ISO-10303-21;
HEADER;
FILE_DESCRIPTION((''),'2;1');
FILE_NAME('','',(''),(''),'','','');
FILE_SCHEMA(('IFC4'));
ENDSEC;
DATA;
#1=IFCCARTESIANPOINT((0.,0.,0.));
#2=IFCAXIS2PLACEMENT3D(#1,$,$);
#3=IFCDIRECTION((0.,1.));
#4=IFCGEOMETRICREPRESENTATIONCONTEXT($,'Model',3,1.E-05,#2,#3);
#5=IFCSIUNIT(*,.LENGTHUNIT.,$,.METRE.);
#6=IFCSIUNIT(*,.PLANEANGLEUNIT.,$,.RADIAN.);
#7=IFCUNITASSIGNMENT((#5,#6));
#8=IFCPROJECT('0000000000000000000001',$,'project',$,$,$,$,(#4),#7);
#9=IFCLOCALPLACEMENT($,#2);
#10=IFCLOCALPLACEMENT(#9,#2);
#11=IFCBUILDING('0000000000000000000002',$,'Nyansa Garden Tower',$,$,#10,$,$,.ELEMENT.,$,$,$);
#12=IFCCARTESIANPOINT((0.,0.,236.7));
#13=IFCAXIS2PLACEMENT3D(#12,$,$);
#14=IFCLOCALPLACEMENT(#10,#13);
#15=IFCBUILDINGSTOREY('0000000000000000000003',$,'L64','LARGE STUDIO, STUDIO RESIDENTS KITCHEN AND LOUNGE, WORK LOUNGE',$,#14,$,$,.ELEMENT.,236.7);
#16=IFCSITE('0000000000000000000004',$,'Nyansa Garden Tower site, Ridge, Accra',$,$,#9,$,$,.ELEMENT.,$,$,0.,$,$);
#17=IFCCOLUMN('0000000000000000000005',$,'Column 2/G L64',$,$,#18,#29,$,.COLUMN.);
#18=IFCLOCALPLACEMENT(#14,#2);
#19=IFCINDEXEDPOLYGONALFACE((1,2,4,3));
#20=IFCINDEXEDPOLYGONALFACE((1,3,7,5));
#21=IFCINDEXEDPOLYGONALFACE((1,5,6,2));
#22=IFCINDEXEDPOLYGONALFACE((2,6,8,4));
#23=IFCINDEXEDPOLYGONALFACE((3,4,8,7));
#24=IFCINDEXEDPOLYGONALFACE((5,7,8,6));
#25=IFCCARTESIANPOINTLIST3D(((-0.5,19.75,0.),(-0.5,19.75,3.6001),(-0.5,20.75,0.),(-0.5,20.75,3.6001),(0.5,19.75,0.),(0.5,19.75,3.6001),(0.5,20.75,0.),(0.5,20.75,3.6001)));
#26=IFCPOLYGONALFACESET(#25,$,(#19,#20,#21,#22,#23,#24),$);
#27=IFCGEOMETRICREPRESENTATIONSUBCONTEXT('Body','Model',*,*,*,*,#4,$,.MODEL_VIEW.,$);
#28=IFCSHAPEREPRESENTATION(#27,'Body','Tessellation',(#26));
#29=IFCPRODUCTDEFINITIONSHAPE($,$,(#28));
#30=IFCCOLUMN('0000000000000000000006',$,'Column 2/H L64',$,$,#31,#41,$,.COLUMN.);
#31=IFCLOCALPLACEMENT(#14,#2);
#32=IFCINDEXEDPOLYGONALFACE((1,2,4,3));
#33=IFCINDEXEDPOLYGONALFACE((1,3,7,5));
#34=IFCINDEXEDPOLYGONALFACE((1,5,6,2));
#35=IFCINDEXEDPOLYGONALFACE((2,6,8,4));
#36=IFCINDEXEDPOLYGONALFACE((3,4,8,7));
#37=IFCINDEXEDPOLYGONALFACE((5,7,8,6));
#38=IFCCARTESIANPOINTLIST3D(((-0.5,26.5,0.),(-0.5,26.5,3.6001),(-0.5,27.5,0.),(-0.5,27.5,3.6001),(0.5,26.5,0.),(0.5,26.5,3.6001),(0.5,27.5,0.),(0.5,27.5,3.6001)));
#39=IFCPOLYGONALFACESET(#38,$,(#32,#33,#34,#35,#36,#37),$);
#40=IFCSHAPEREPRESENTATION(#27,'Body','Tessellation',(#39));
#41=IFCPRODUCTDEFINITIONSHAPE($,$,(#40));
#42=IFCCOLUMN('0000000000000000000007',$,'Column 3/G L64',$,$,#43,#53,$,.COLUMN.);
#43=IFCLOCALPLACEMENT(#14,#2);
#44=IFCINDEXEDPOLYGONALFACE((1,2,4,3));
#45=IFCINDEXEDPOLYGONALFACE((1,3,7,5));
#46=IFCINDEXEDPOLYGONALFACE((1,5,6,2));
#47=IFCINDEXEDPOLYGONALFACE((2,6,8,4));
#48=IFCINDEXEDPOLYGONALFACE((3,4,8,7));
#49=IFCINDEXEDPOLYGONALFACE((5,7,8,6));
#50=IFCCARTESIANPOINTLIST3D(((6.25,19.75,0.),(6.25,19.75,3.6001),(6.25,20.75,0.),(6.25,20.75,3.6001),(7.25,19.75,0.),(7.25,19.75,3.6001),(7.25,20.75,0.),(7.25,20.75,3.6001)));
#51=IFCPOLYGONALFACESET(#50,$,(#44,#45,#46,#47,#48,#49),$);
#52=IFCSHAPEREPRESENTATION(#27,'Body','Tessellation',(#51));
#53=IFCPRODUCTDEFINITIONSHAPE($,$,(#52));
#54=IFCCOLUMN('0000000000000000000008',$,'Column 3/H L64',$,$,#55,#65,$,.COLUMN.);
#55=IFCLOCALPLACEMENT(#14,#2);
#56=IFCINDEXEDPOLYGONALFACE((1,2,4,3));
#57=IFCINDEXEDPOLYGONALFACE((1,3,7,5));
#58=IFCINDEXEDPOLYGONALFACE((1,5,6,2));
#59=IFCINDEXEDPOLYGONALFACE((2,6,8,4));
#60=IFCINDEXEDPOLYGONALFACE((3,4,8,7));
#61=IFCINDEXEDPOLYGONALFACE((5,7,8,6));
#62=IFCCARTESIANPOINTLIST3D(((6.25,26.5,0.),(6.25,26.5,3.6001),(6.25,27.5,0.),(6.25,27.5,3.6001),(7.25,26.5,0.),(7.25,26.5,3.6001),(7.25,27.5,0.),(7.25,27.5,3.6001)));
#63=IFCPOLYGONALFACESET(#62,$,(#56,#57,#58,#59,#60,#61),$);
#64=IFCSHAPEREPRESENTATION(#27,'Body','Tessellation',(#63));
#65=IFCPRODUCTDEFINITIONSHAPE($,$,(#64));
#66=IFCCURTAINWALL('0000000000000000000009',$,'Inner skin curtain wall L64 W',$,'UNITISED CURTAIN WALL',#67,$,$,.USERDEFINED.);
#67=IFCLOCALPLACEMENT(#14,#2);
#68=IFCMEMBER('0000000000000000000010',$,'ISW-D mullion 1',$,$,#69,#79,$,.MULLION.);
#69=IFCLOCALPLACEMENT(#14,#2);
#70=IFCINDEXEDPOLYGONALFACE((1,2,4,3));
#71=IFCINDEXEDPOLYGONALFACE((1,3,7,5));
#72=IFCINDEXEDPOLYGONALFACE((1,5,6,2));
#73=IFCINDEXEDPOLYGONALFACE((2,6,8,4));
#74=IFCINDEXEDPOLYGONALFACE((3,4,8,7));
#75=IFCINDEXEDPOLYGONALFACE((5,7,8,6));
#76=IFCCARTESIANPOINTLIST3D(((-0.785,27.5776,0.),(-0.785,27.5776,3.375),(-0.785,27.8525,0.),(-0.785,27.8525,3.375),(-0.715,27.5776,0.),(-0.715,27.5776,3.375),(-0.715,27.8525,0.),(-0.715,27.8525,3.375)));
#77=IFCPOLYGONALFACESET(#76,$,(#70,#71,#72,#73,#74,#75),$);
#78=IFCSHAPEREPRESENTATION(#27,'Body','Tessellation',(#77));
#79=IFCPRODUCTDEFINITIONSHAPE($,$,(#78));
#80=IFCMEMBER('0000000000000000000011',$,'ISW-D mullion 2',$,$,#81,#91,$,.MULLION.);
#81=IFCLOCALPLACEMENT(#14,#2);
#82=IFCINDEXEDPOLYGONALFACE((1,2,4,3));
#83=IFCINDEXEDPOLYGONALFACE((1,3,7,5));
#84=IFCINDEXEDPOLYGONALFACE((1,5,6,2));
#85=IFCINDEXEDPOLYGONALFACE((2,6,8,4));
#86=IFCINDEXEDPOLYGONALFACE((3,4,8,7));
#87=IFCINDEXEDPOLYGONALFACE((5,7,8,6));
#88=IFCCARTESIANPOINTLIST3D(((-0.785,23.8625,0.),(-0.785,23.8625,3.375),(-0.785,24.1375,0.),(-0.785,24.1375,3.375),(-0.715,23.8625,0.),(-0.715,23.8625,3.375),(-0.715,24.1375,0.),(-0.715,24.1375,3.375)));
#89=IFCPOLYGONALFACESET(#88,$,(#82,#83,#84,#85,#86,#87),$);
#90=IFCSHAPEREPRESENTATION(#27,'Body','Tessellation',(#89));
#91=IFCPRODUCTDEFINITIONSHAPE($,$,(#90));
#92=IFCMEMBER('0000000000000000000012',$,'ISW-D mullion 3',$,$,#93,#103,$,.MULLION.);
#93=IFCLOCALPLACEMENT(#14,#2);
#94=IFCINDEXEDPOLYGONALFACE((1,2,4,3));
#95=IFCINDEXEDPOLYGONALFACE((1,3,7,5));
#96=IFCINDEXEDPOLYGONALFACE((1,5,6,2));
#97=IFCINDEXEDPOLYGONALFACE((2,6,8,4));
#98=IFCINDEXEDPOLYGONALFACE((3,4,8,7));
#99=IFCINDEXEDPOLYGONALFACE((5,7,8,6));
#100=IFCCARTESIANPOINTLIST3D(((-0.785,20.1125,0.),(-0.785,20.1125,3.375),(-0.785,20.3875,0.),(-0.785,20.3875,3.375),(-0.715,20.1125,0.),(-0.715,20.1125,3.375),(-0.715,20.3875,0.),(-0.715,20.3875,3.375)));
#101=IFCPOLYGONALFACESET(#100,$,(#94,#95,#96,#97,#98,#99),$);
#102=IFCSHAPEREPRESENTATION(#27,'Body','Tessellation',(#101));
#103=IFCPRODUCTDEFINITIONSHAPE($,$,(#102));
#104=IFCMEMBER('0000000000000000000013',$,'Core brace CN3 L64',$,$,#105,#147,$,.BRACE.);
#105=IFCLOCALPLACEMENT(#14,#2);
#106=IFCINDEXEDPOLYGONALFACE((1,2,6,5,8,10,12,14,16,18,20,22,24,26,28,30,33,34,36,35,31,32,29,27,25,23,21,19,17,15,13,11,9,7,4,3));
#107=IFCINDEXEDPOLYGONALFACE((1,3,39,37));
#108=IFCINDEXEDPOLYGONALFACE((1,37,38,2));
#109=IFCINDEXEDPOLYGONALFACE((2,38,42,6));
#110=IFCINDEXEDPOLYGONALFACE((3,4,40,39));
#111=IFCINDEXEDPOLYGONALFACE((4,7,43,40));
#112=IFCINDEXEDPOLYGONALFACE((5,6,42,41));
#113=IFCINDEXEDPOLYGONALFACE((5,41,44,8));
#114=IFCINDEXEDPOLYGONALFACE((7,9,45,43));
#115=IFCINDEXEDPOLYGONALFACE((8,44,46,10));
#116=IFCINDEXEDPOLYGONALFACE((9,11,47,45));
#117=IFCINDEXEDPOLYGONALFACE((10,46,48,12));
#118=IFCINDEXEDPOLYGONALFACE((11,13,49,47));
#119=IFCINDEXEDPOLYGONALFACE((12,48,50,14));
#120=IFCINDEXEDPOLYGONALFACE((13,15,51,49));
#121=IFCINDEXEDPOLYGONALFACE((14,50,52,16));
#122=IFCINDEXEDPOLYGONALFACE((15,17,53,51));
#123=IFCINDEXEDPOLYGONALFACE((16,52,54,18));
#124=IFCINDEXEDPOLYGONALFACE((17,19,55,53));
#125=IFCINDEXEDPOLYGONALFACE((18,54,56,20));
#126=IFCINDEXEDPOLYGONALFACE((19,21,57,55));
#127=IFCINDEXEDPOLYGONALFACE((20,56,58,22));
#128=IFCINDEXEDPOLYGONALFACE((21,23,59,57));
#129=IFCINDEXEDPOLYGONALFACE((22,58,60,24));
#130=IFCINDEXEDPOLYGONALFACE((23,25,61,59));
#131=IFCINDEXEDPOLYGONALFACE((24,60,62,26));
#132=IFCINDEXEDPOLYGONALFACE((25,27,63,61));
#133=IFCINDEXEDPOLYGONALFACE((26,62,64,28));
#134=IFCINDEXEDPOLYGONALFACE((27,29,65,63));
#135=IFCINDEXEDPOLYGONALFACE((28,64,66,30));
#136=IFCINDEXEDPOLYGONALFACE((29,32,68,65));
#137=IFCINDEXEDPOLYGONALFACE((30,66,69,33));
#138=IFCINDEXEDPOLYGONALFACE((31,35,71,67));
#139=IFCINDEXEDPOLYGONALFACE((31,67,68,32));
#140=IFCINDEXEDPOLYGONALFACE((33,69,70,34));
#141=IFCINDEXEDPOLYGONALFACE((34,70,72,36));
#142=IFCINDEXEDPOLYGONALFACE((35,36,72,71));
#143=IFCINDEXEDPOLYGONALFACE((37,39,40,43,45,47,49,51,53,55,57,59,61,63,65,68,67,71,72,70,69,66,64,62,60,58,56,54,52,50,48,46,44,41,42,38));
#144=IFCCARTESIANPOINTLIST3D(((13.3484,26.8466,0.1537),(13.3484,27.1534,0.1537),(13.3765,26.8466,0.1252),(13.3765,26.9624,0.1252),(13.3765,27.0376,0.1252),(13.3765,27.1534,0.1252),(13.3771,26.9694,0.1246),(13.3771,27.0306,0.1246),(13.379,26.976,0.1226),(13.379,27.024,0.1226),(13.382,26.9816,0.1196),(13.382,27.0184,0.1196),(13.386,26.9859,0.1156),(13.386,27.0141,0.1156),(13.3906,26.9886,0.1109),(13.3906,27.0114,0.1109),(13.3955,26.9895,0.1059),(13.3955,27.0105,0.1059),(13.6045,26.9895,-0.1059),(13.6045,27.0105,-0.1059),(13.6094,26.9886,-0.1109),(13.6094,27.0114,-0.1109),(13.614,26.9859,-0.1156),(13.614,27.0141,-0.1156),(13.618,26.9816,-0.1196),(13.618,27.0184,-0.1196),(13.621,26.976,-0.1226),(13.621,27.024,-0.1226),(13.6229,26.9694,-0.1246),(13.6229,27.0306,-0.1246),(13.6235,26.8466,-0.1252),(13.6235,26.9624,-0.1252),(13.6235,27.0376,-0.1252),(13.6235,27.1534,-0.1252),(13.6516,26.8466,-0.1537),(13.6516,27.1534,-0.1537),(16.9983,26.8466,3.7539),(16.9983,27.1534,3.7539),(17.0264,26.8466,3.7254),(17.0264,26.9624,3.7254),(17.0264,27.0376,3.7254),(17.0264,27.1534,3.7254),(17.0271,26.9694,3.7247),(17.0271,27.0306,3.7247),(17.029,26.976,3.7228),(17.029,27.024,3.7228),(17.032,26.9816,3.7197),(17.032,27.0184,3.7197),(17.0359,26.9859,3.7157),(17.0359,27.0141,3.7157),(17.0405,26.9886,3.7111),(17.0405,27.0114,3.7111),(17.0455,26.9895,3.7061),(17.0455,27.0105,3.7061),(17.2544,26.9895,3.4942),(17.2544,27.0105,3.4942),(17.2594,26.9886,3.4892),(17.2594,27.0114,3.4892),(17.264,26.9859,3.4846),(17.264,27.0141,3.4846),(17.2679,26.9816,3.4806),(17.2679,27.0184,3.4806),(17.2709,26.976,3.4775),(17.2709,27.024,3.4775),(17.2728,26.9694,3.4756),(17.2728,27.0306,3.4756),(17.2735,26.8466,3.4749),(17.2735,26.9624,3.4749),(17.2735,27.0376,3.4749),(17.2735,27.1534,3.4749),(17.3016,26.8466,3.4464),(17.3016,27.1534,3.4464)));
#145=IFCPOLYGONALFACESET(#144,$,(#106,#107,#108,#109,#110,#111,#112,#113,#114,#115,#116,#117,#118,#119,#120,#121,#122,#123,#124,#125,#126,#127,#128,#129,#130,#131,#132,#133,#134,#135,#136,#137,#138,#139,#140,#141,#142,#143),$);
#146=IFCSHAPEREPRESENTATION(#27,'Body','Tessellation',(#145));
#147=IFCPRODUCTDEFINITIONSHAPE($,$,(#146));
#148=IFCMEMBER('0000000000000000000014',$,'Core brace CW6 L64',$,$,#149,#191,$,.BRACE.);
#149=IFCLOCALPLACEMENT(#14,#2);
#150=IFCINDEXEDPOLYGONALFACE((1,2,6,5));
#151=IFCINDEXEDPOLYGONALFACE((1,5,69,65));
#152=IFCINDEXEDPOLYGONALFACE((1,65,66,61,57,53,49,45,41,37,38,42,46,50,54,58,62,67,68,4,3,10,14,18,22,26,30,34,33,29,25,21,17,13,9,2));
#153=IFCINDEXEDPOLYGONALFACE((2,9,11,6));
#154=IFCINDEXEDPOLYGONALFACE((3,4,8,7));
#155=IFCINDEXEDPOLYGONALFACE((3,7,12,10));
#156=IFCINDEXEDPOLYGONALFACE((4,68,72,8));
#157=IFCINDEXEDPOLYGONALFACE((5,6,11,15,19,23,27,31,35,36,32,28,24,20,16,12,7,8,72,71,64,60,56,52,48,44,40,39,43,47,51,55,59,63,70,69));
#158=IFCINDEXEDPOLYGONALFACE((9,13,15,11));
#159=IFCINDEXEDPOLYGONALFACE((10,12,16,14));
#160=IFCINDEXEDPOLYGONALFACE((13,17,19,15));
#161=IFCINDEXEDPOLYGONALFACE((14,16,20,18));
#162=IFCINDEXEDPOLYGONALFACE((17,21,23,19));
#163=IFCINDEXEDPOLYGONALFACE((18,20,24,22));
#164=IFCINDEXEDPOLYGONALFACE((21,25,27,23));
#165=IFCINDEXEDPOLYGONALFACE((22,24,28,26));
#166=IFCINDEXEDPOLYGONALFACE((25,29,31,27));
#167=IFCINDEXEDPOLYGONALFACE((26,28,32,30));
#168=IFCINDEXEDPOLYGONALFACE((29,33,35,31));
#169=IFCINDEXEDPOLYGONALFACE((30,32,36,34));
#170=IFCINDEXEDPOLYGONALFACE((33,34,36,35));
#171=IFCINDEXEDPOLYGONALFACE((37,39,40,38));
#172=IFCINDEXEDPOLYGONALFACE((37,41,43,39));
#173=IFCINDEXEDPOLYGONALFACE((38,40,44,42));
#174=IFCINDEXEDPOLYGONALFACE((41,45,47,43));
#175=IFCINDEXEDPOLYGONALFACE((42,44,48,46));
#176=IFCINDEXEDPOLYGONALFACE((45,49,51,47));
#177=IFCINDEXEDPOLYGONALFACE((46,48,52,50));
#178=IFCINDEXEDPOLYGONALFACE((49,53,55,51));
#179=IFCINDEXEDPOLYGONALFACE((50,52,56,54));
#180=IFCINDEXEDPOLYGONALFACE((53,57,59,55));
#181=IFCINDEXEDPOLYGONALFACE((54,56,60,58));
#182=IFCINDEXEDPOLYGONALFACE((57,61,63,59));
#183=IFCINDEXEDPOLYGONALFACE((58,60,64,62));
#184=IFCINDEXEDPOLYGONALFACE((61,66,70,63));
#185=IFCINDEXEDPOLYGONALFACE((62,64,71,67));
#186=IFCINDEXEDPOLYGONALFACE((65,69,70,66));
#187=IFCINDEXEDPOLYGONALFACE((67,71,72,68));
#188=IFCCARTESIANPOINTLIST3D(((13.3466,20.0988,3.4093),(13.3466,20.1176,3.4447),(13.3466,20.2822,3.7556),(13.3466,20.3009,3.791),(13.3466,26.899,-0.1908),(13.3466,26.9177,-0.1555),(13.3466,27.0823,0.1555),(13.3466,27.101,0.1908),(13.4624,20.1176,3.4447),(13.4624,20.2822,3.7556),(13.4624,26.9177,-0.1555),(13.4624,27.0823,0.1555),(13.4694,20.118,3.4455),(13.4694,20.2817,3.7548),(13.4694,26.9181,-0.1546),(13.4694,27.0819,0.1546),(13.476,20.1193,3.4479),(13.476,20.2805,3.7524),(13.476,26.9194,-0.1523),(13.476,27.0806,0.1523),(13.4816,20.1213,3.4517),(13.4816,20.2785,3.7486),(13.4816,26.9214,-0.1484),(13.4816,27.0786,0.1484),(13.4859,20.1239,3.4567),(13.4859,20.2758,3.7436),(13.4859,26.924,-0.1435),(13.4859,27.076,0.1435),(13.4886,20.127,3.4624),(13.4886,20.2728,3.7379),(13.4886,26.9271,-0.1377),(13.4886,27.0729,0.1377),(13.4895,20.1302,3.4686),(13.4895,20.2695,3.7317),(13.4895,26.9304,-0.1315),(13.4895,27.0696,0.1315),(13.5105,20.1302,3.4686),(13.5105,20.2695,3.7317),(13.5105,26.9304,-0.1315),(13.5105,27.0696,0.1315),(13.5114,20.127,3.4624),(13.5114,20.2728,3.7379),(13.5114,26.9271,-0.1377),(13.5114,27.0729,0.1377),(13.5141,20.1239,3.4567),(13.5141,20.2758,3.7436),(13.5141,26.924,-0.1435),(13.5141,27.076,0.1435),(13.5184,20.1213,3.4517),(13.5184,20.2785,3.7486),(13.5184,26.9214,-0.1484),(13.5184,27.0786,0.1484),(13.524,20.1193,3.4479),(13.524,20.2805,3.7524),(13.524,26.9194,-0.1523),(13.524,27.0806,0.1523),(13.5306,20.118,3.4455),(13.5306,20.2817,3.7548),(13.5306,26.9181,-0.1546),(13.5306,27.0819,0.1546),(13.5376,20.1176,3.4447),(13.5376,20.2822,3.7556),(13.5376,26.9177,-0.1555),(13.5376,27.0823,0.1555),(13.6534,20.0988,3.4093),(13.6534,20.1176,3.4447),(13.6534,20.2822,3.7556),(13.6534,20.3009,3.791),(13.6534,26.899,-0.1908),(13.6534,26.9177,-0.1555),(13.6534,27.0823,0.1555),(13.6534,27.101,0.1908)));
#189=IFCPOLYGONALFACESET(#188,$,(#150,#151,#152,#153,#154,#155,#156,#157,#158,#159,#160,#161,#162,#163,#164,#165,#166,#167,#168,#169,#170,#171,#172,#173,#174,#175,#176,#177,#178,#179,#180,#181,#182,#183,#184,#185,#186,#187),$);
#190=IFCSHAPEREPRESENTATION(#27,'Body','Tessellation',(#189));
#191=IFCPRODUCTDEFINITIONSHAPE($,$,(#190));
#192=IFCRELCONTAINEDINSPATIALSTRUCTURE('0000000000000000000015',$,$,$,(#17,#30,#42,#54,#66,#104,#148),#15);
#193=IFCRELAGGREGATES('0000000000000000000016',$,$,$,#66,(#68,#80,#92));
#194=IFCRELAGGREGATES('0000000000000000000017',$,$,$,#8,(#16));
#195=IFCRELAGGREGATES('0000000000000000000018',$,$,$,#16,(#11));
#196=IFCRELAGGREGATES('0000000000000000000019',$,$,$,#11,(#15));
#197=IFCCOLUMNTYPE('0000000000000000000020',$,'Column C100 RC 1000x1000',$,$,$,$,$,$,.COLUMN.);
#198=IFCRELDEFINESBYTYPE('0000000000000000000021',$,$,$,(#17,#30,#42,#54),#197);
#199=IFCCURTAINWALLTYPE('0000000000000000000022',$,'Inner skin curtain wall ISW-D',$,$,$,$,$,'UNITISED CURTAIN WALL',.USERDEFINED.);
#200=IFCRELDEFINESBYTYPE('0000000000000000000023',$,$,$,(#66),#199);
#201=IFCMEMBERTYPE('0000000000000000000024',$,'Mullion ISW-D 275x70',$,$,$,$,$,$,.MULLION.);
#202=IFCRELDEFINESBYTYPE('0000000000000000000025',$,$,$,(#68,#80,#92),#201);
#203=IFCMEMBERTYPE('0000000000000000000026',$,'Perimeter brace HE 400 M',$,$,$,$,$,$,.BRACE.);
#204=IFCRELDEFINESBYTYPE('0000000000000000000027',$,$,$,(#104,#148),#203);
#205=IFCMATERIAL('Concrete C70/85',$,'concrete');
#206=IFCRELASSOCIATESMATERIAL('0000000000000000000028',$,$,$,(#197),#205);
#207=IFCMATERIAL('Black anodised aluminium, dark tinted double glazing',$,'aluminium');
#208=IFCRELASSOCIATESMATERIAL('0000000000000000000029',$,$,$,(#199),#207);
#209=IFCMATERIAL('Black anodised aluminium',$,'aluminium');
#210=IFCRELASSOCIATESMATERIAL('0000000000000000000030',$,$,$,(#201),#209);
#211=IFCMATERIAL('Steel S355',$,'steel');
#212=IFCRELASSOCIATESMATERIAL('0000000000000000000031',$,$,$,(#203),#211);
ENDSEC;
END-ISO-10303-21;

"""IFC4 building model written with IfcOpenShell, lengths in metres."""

from ifc_helpers import new_model, si_unit, direction, frame, origin, origin_2d, place, context, subcontext, project, spatial, rectangle, i_section, extrude, material, material_profile, profile_set, type_object, element, aggregate, save


model = new_model("IFC4")

# Units and contexts
model_context = context("Model", 3, precision=1e-05, world=origin(), true_north=direction((0.0, 1.0)))
body_context = subcontext(model_context, "Body", "Model", "MODEL_VIEW")
ifc_project = project(units=[si_unit("LENGTHUNIT", "METRE"), si_unit("PLANEANGLEUNIT", "RADIAN")], contexts=[model_context])

# Site, building, storey
site_placement = place(None, origin())
site = spatial("IfcSite", under=ifc_project, at=site_placement, Name="Nyansa Garden Tower site, Ridge, Accra", CompositionType="ELEMENT", RefElevation=0.0)
building_placement = place(site_placement, origin())
building = spatial("IfcBuilding", under=site, at=building_placement, Name="Nyansa Garden Tower", CompositionType="ELEMENT")
storey_placement = place(building_placement, frame((0.0, 0.0, 236.7)))
storey = spatial("IfcBuildingStorey", under=building, at=storey_placement, Name="L64", Description="LARGE STUDIO, STUDIO RESIDENTS KITCHEN AND LOUNGE, WORK LOUNGE", CompositionType="ELEMENT", Elevation=236.7)

# Columns
ifc_material_1 = material(Name="Concrete C70/85", Category="concrete")
ifc_material_profile_1 = material_profile(ifc_material_1, rectangle(XDim=1.0, YDim=1.0, at=origin_2d()), Name="RC 1000x1000")
ifc_profile_set_1 = profile_set([ifc_material_profile_1], Name="Concrete C70/85")
column_type = type_object("IfcColumnType", Name="Column C100 RC 1000x1000", PredefinedType="COLUMN", material=ifc_profile_set_1)
for number, where, z_axis, x_axis, name in (
    (1, (0.0, 20.25, 0.0), (0.0, 0.0, 1.0), (1.0, 0.0, 0.0), "Column 2/G L64"),
    (2, (0.0, 27.0, 0.0), (0.0, 0.0, 1.0), (1.0, 0.0, 0.0), "Column 2/H L64"),
    (3, (6.75, 20.25, 0.0), (0.0, 0.0, 1.0), (1.0, 0.0, 0.0), "Column 3/G L64"),
    (4, (6.75, 27.0, 0.0), (0.0, 0.0, 1.0), (1.0, 0.0, 0.0), "Column 3/H L64"),
):
    element("IfcColumn", number, at=place(storey_placement, frame(where, z_axis=z_axis, x_axis=x_axis)), inside=storey, type_object=column_type, Name=name, PredefinedType="COLUMN", context=body_context, shape_type="SweptSolid", body=[
        extrude(rectangle(XDim=1.0, YDim=1.0, at=origin_2d()), origin(), (0.0, 0.0, 1.0), 3.6001),
    ])

# Curtain wall, members
ifc_material_2 = material(Name="Black anodised aluminium, dark tinted double glazing", Category="aluminium")
curtain_wall_type = type_object("IfcCurtainWallType", Name="Inner skin curtain wall ISW-D", ElementType="UNITISED CURTAIN WALL", PredefinedType="USERDEFINED", material=ifc_material_2)
curtain_wall_placement = place(storey_placement, origin())
curtain_wall = element("IfcCurtainWall", 5, at=curtain_wall_placement, inside=storey, type_object=curtain_wall_type, Name="Inner skin curtain wall L64 W", ObjectType="UNITISED CURTAIN WALL", PredefinedType="USERDEFINED")
ifc_material_3 = material(Name="Black anodised aluminium", Category="aluminium")
ifc_material_profile_2 = material_profile(ifc_material_3, rectangle(XDim=0.0701, YDim=0.2749, at=origin_2d()), Name="Mullion 275x70")
ifc_profile_set_2 = profile_set([ifc_material_profile_2], Name="Black anodised aluminium")
member_type_1 = type_object("IfcMemberType", Name="Mullion ISW-D 275x70", PredefinedType="MULLION", material=ifc_profile_set_2)
member_1_placement = place(storey_placement, frame((-0.75, 27.7151, 0.0), z_axis=(0.0, 0.0, 1.0), x_axis=(1.0, 0.0, 0.0)))
member_1 = element("IfcMember", 6, at=member_1_placement, type_object=member_type_1, Name="ISW-D mullion 1", PredefinedType="MULLION", context=body_context, shape_type="SweptSolid", body=[
    extrude(rectangle(XDim=0.0701, YDim=0.2749, at=origin_2d()), origin(), (0.0, 0.0, 1.0), 3.375),
])
member_2_placement = place(storey_placement, frame((-0.75, 24.0, 0.0), z_axis=(0.0, 0.0, 1.0), x_axis=(1.0, 0.0, 0.0)))
member_2 = element("IfcMember", 7, at=member_2_placement, type_object=member_type_1, Name="ISW-D mullion 2", PredefinedType="MULLION", context=body_context, shape_type="SweptSolid", body=[
    extrude(rectangle(XDim=0.0701, YDim=0.2749, at=origin_2d()), origin(), (0.0, 0.0, 1.0), 3.375),
])
member_3_placement = place(storey_placement, frame((-0.75, 20.25, 0.0), z_axis=(0.0, 0.0, 1.0), x_axis=(1.0, 0.0, 0.0)))
member_3 = element("IfcMember", 8, at=member_3_placement, type_object=member_type_1, Name="ISW-D mullion 3", PredefinedType="MULLION", context=body_context, shape_type="SweptSolid", body=[
    extrude(rectangle(XDim=0.0701, YDim=0.2749, at=origin_2d()), origin(), (0.0, 0.0, 1.0), 3.375),
])

# Members
ifc_material_4 = material(Name="Steel S355", Category="steel")
ifc_material_profile_3 = material_profile(ifc_material_4, i_section(OverallWidth=0.3069, OverallDepth=0.4319, WebThickness=0.021, FlangeThickness=0.04, FilletRadius=0.0271, at=origin_2d()), Name="HE 400 M")
ifc_profile_set_3 = profile_set([ifc_material_profile_3], Name="Steel S355")
member_type_2 = type_object("IfcMemberType", Name="Perimeter brace HE 400 M", PredefinedType="BRACE", material=ifc_profile_set_3)
member_4_placement = place(storey_placement, frame((13.5, 27.0, 0.0), z_axis=(0.711948, 0.0, 0.702233), x_axis=(0.0, 1.0, 0.0)))
element("IfcMember", 9, at=member_4_placement, inside=storey, type_object=member_type_2, Name="Core brace CN3 L64", PredefinedType="BRACE", context=body_context, shape_type="SweptSolid", body=[
    extrude(i_section(OverallWidth=0.3069, OverallDepth=0.4319, WebThickness=0.021, FlangeThickness=0.04, FilletRadius=0.0271, at=origin_2d()), origin(), (0.0, 0.0, 1.0), 5.1267),
])
member_5_placement = place(storey_placement, frame((13.5, 27.0, 0.0), z_axis=(0.0, -0.883784, 0.467895), x_axis=(1.0, 0.0, 0.0)))
element("IfcMember", 10, at=member_5_placement, inside=storey, type_object=member_type_2, Name="Core brace CW6 L64", PredefinedType="BRACE", context=body_context, shape_type="SweptSolid", body=[
    extrude(i_section(OverallWidth=0.3069, OverallDepth=0.4319, WebThickness=0.021, FlangeThickness=0.04, FilletRadius=0.0271, at=origin_2d()), origin(), (0.0, 0.0, 1.0), 7.6943),
])

aggregate(curtain_wall, [member_1, member_2, member_3])

save(model, "model.ifc")
